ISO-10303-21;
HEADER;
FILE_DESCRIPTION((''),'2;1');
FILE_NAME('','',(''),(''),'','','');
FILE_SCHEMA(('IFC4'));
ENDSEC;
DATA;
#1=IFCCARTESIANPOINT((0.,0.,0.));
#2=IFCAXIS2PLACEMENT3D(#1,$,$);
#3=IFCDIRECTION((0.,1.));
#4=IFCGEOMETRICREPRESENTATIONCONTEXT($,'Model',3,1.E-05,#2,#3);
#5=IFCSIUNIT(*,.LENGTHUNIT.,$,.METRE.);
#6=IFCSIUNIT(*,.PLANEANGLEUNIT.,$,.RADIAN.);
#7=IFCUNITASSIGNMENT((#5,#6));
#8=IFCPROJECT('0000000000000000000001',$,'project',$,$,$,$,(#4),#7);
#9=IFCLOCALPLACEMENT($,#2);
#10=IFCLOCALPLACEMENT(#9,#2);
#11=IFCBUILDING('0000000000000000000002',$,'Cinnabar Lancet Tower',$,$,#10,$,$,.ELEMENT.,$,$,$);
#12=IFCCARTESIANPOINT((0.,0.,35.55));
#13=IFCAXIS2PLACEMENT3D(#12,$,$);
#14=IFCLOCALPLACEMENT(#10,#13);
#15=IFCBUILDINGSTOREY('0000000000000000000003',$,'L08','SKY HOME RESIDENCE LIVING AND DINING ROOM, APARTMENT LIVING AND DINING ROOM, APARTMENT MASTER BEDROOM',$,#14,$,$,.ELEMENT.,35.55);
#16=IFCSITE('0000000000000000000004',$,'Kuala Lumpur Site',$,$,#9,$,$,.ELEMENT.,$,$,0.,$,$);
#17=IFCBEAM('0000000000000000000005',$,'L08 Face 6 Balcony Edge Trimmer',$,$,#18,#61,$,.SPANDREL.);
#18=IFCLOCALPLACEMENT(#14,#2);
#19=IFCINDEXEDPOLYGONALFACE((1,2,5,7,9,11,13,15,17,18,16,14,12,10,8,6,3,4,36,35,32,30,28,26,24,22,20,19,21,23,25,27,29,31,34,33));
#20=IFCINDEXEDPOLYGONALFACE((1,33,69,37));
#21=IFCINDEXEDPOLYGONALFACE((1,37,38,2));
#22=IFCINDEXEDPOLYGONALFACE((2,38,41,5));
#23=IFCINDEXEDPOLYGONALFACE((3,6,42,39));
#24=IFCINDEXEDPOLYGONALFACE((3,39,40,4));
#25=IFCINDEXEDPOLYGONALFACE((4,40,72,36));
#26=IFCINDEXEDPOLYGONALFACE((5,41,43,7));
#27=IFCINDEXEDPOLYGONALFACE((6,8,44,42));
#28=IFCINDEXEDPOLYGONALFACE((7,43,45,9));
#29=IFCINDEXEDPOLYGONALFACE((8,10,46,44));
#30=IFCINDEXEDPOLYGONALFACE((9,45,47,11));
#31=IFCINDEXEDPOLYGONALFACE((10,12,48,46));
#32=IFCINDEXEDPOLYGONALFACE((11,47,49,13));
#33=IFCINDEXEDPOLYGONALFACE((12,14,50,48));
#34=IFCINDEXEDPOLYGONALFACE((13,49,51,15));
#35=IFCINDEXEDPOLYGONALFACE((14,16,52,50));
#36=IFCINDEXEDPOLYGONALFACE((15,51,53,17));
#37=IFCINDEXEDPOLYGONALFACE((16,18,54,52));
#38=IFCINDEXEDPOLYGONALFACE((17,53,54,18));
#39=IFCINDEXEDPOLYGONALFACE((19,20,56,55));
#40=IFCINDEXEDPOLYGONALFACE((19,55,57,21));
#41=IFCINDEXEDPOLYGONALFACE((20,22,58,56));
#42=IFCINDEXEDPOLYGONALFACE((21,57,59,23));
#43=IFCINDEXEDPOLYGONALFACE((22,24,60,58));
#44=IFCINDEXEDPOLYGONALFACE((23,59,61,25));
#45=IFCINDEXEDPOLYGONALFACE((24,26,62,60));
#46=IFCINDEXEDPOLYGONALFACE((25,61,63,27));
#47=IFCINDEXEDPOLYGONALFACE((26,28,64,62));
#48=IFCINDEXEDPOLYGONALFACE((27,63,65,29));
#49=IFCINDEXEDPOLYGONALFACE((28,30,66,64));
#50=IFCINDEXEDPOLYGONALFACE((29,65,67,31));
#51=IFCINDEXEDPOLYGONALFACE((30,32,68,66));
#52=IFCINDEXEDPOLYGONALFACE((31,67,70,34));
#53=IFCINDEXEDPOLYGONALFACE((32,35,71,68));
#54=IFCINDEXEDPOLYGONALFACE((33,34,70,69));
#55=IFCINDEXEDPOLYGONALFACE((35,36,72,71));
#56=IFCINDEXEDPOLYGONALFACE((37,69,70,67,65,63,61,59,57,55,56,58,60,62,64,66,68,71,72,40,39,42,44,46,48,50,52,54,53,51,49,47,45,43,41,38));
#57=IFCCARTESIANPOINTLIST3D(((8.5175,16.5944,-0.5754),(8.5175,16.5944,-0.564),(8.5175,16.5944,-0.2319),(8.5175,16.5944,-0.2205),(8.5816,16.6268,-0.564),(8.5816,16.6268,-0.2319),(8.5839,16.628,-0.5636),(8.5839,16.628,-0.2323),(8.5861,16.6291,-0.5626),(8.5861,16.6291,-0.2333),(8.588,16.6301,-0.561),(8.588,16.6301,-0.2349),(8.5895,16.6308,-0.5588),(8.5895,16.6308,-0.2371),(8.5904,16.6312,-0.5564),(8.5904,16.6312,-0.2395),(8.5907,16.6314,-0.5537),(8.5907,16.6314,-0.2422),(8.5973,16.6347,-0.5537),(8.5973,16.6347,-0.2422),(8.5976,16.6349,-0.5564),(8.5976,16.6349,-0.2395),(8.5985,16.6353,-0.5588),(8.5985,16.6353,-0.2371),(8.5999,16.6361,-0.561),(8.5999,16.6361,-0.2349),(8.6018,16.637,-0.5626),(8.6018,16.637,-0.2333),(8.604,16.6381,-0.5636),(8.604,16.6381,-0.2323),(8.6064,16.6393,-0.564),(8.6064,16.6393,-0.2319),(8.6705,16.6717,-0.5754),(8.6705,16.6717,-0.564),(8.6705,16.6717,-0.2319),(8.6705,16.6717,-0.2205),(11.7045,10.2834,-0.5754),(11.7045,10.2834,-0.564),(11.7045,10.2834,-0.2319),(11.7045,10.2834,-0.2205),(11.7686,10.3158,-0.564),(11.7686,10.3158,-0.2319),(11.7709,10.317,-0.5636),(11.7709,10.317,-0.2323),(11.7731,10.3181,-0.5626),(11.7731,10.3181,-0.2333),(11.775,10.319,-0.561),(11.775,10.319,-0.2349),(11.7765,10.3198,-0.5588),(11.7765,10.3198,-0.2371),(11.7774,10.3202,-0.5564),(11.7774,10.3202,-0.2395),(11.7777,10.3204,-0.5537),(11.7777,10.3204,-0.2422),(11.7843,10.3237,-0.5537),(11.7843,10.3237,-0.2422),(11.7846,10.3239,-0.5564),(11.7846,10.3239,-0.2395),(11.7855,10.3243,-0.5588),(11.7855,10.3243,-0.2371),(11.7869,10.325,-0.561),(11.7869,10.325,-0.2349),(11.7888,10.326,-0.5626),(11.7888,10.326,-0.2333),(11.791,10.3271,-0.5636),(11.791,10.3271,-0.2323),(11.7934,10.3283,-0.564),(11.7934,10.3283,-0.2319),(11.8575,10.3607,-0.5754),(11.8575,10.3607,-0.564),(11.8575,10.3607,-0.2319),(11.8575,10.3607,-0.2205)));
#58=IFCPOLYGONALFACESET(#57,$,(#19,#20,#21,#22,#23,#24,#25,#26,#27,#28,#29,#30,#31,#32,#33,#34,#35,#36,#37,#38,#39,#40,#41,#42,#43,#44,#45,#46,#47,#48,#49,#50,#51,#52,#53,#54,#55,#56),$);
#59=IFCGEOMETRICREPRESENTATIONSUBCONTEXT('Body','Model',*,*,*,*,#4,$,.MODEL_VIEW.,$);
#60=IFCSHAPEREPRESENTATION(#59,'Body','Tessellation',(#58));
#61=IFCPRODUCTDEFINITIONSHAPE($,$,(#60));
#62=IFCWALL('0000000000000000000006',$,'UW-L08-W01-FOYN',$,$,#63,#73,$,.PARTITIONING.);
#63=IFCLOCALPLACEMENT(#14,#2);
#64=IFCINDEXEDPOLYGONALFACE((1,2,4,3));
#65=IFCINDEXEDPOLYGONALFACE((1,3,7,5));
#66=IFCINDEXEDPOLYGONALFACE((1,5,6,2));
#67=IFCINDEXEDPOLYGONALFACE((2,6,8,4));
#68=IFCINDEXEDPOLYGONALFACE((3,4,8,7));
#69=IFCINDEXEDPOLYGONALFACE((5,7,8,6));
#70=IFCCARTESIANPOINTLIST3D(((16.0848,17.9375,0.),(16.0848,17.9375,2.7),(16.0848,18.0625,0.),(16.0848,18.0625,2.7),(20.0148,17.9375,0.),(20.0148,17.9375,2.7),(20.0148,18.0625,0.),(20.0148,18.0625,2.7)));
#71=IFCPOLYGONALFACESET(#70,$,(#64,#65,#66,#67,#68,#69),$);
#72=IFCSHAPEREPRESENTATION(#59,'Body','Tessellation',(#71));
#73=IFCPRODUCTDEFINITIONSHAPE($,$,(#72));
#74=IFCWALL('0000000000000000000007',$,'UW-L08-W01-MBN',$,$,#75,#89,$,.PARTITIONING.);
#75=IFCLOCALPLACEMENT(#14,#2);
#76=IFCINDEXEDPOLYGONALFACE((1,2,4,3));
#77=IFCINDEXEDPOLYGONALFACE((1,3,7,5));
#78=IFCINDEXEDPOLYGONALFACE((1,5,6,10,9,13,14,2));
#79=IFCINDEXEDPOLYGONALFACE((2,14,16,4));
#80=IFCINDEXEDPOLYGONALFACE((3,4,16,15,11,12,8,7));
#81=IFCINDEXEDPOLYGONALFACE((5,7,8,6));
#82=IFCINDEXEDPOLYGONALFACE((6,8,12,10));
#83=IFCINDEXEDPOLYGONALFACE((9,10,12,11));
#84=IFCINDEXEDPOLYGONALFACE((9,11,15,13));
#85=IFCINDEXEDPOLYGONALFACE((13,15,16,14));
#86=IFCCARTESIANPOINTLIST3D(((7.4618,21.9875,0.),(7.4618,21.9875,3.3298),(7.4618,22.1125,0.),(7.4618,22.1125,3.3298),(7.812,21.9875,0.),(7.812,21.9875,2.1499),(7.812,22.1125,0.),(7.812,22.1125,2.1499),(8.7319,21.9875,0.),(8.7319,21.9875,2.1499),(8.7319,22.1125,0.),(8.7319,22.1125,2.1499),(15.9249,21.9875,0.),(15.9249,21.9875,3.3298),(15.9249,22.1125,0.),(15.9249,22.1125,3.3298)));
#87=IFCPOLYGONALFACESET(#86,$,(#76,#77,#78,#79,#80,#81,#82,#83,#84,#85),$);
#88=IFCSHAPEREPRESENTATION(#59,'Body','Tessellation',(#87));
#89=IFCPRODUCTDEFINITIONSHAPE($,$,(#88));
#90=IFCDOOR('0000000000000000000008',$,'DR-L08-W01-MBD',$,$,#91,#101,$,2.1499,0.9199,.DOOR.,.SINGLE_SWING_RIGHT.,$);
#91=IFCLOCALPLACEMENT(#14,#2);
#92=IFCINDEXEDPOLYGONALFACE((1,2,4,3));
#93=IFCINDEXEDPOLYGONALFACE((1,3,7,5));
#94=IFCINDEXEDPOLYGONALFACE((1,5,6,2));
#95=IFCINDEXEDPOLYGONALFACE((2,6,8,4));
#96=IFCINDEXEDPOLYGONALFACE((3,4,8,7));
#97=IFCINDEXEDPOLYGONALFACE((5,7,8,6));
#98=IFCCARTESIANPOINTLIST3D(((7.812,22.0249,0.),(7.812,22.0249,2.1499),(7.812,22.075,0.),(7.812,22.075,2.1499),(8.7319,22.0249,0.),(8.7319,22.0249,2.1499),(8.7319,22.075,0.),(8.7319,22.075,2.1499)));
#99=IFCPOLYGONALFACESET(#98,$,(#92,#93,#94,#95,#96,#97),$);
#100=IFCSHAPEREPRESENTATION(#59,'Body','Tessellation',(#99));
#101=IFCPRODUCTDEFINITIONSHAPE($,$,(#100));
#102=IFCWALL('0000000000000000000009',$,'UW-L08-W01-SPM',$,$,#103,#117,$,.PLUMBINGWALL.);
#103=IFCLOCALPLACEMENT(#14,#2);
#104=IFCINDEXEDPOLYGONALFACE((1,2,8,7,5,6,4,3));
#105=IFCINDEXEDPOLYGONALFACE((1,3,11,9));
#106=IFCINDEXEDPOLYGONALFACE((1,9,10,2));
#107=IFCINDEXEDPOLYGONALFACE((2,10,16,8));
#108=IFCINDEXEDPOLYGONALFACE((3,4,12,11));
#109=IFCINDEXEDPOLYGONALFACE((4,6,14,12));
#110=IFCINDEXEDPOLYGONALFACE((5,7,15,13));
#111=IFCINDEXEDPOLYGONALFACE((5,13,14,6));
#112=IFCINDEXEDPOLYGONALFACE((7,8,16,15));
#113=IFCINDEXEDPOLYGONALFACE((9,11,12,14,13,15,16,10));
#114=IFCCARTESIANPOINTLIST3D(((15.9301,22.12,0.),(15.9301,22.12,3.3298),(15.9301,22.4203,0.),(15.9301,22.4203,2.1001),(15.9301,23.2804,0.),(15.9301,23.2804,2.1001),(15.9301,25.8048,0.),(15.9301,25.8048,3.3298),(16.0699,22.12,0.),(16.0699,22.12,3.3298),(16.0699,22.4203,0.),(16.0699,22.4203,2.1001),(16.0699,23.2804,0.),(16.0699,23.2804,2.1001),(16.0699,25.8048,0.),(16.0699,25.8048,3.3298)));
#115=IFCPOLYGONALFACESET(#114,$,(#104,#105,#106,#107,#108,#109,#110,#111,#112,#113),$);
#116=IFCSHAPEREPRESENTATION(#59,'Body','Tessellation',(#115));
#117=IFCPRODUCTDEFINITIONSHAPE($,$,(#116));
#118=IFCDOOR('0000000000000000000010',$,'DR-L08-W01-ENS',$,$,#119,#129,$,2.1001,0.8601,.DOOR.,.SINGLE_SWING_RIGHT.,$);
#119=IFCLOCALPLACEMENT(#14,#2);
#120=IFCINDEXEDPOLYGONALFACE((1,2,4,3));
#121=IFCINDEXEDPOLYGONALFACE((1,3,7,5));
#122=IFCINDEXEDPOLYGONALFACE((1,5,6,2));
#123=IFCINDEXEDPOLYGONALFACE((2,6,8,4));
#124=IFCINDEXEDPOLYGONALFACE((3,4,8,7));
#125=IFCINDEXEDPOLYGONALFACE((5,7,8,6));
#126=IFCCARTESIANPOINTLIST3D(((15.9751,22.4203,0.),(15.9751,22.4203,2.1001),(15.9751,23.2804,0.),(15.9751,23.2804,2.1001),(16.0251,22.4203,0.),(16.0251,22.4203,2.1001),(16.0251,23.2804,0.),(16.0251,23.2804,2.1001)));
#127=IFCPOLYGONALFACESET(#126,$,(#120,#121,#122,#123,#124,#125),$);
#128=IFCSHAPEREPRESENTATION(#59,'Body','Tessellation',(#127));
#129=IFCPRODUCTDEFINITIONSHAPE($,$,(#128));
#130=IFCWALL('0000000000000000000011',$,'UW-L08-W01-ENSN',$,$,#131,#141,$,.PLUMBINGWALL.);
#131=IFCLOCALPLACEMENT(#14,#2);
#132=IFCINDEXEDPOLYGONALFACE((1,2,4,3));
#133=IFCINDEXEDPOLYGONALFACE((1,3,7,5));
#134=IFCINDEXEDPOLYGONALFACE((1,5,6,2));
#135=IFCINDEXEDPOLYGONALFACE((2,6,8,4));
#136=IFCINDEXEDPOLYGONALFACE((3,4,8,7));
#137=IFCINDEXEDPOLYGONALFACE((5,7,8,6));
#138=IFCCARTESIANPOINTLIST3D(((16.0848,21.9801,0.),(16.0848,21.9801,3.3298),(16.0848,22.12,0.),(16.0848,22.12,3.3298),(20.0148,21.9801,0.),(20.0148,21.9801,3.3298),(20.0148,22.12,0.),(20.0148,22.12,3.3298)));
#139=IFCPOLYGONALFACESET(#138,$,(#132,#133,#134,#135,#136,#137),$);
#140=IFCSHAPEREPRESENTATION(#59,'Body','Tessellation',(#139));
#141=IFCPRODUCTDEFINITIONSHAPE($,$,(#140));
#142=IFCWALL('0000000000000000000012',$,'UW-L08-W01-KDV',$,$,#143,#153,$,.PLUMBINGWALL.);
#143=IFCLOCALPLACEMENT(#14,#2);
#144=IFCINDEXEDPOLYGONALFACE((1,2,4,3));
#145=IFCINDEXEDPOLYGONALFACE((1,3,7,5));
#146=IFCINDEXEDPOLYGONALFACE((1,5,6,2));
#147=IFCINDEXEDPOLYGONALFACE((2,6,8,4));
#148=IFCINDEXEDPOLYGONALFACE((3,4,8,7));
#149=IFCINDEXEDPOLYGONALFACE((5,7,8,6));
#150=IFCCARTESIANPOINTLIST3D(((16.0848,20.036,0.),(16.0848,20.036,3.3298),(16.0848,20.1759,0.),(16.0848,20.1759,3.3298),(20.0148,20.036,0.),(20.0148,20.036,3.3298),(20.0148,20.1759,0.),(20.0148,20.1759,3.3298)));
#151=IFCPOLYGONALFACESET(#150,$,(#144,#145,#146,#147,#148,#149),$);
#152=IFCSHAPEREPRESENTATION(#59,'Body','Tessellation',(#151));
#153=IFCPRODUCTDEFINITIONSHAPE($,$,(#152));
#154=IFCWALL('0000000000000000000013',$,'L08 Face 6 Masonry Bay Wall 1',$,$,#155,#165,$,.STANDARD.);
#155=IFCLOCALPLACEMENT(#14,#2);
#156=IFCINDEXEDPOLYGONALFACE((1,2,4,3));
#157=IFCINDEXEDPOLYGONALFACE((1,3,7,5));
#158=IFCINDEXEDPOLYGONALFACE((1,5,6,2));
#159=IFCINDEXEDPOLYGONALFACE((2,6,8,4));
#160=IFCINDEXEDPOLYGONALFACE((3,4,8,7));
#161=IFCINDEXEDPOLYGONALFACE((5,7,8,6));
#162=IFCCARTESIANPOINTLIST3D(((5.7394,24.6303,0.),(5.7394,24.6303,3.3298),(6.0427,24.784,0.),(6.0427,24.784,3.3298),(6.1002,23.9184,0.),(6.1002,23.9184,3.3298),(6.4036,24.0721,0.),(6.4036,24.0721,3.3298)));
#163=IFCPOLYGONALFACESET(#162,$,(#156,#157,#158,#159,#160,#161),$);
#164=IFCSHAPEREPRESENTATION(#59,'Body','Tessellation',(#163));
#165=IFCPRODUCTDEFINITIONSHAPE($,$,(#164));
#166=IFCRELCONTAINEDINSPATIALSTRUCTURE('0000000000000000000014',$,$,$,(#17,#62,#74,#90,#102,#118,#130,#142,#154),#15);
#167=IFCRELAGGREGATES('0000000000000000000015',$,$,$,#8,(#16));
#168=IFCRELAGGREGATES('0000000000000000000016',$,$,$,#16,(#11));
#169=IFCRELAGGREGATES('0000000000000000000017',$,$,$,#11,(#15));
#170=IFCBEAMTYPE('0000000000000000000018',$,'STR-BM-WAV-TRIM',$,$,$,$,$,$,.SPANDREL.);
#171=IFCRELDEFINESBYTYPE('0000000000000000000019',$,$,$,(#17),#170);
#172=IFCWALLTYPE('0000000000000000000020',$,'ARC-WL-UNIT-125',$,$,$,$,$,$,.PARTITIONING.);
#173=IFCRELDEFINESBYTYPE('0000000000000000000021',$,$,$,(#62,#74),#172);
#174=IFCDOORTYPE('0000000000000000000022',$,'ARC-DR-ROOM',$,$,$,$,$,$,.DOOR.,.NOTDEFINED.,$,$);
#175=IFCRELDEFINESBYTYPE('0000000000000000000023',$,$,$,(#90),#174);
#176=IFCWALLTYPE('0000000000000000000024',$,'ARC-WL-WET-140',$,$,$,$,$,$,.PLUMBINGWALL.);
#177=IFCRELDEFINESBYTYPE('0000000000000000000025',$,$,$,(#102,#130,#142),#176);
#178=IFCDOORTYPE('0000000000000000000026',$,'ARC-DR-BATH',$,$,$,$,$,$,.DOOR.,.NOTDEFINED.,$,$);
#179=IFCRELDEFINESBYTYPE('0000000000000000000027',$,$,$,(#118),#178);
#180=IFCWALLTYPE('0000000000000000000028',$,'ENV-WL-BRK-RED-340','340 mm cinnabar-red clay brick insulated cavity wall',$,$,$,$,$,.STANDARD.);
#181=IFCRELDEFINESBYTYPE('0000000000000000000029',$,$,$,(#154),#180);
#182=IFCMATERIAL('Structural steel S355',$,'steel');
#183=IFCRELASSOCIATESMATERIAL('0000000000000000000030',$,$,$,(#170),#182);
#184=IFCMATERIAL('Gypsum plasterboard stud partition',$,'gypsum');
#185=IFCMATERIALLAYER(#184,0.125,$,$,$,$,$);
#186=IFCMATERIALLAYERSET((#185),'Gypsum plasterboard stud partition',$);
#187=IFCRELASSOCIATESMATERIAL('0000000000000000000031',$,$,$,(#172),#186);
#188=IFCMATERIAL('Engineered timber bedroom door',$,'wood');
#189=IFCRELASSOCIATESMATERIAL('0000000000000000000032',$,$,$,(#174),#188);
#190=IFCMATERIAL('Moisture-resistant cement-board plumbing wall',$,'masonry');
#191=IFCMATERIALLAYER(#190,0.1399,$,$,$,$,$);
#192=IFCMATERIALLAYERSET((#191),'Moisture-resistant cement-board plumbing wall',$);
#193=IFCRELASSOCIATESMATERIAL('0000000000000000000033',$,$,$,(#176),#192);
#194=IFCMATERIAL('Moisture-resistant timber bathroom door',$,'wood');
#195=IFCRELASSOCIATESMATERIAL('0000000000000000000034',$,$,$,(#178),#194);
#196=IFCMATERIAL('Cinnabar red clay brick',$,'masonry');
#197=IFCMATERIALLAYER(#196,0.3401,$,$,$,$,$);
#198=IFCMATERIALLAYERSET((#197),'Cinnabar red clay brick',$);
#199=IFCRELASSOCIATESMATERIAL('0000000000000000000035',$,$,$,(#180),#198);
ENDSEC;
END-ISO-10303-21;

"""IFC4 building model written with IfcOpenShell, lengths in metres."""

from ifc_helpers import new_model, si_unit, direction, frame, frame_2d, origin, origin_2d, place, context, subcontext, project, spatial, rectangle, i_section, extrude, material, layer, layer_set, material_profile, profile_set, type_object, element, fill, save


model = new_model("IFC4")

# Units and contexts
model_context = context("Model", 3, precision=1e-05, world=origin(), true_north=direction((0.0, 1.0)))
body_context = subcontext(model_context, "Body", "Model", "MODEL_VIEW")
ifc_project = project(units=[si_unit("LENGTHUNIT", "METRE"), si_unit("PLANEANGLEUNIT", "RADIAN")], contexts=[model_context])

# Site, building, storey
site_placement = place(None, origin())
site = spatial("IfcSite", under=ifc_project, at=site_placement, Name="Kuala Lumpur Site", CompositionType="ELEMENT", RefElevation=0.0)
building_placement = place(site_placement, origin())
building = spatial("IfcBuilding", under=site, at=building_placement, Name="Cinnabar Lancet Tower", CompositionType="ELEMENT")
storey_placement = place(building_placement, frame((0.0, 0.0, 35.55)))
storey = spatial("IfcBuildingStorey", under=building, at=storey_placement, Name="L08", Description="SKY HOME RESIDENCE LIVING AND DINING ROOM, APARTMENT LIVING AND DINING ROOM, APARTMENT MASTER BEDROOM", CompositionType="ELEMENT", Elevation=35.55)

# Beam
ifc_material_1 = material(Name="Structural steel S355", Category="steel")
ifc_material_profile_1 = material_profile(ifc_material_1, i_section(OverallWidth=0.1714, OverallDepth=0.355, WebThickness=0.0073, FlangeThickness=0.0115, FilletRadius=0.0103, at=origin_2d()), Name="UKB 356x171x51")
ifc_profile_set_1 = profile_set([ifc_material_profile_1], Name="Structural steel S355")
beam_type_1 = type_object("IfcBeamType", Name="STR-BM-WAV-TRIM", PredefinedType="SPANDREL", material=ifc_profile_set_1)
beam_1_placement = place(storey_placement, frame((8.594, 16.6331, -0.3979), z_axis=(0.450774, -0.892638, 0.0), x_axis=(0.892638, 0.450774, 0.0)))
element("IfcBeam", 1, at=beam_1_placement, inside=storey, type_object=beam_type_1, Name="L08 Face 6 Balcony Edge Trimmer", PredefinedType="SPANDREL", context=body_context, shape_type="SweptSolid", body=[
    extrude(i_section(OverallWidth=0.1714, OverallDepth=0.355, WebThickness=0.0073, FlangeThickness=0.0115, FilletRadius=0.0103, at=origin_2d()), origin(), (0.0, 0.0, 1.0), 7.0701),
])

# Wall
ifc_material_2 = material(Name="Gypsum plasterboard stud partition", Category="gypsum")
ifc_layer_1 = layer(ifc_material_2, 0.125)
ifc_layer_set_1 = layer_set([ifc_layer_1], Name="Gypsum plasterboard stud partition")
wall_type_1 = type_object("IfcWallType", Name="ARC-WL-UNIT-125", PredefinedType="PARTITIONING", material=ifc_layer_set_1)
wall_1_placement = place(storey_placement, frame((16.085, 18.0, 0.0), z_axis=(0.0, 0.0, 1.0), x_axis=(1.0, 0.0, 0.0)))
element("IfcWall", 2, at=wall_1_placement, inside=storey, type_object=wall_type_1, Name="UW-L08-W01-FOYN", PredefinedType="PARTITIONING", context=body_context, shape_type="SweptSolid", body=[
    extrude(rectangle(XDim=3.9299, YDim=0.125, at=frame_2d((1.9648, 0.0))), origin(), (0.0, 0.0, 1.0), 2.7),
])

# Wall, opening, door
wall_2_placement = place(storey_placement, frame((7.4619, 22.05, 0.0), z_axis=(0.0, 0.0, 1.0), x_axis=(1.0, 0.0, 0.0)))
wall_2 = element("IfcWall", 3, at=wall_2_placement, inside=storey, type_object=wall_type_1, Name="UW-L08-W01-MBN", PredefinedType="PARTITIONING", context=body_context, shape_type="SweptSolid", body=[
    extrude(rectangle(XDim=8.4631, YDim=0.125, at=frame_2d((4.2314, 0.0))), origin(), (0.0, 0.0, 1.0), 3.3298),
])
opening_1_placement = place(wall_2_placement, frame((0.3501, 0.0, 0.0)))
opening_1 = element("IfcOpeningElement", 4, at=opening_1_placement, cuts=wall_2, PredefinedType="OPENING", context=body_context, shape_type="SweptSolid", body=[
    extrude(rectangle(XDim=0.9199, YDim=2.1499, at=frame_2d((0.46, 1.075))), frame((0.0, 0.0725, 0.0), z_axis=(0.0, -1.0, 0.0), x_axis=(1.0, 0.0, 0.0)), (0.0, 0.0, 1.0), 0.145),
])
ifc_material_3 = material(Name="Engineered timber bedroom door", Category="wood")
door_type_1 = type_object("IfcDoorType", Name="ARC-DR-ROOM", OperationType="NOTDEFINED", PredefinedType="DOOR", material=ifc_material_3)
door_1_placement = place(opening_1_placement, origin())
door_1 = element("IfcDoor", 5, at=door_1_placement, inside=storey, type_object=door_type_1, Name="DR-L08-W01-MBD", OperationType="SINGLE_SWING_RIGHT", OverallHeight=2.1499, OverallWidth=0.9199, PredefinedType="DOOR", context=body_context, shape_type="SweptSolid", body=[
    extrude(rectangle(XDim=0.9199, YDim=2.1499, at=frame_2d((0.46, 1.075))), frame((0.0, 0.0249, 0.0), z_axis=(0.0, -1.0, 0.0), x_axis=(1.0, 0.0, 0.0)), (0.0, 0.0, 1.0), 0.05),
])
fill(opening_1, door_1)

# Shared definitions
ifc_material_4 = material(Name="Moisture-resistant cement-board plumbing wall", Category="masonry")
ifc_layer_2 = layer(ifc_material_4, 0.1399)
ifc_layer_set_2 = layer_set([ifc_layer_2], Name="Moisture-resistant cement-board plumbing wall")
wall_type_2 = type_object("IfcWallType", Name="ARC-WL-WET-140", PredefinedType="PLUMBINGWALL", material=ifc_layer_set_2)
ifc_material_5 = material(Name="Moisture-resistant timber bathroom door", Category="wood")
door_type_2 = type_object("IfcDoorType", Name="ARC-DR-BATH", OperationType="NOTDEFINED", PredefinedType="DOOR", material=ifc_material_5)

# Wall, opening, door
wall_3_placement = place(storey_placement, frame((16.0, 22.1201, 0.0), z_axis=(0.0, 0.0, 1.0), x_axis=(0.0, 1.0, 0.0)))
wall_3 = element("IfcWall", 6, at=wall_3_placement, inside=storey, type_object=wall_type_2, Name="UW-L08-W01-SPM", PredefinedType="PLUMBINGWALL", context=body_context, shape_type="SweptSolid", body=[
    extrude(rectangle(XDim=3.6848, YDim=0.1399, at=frame_2d((1.8423, 0.0))), origin(), (0.0, 0.0, 1.0), 3.3298),
])
opening_2_placement = place(wall_3_placement, frame((0.3, 0.0, 0.0)))
opening_2 = element("IfcOpeningElement", 7, at=opening_2_placement, cuts=wall_3, PredefinedType="OPENING", context=body_context, shape_type="SweptSolid", body=[
    extrude(rectangle(XDim=0.8601, YDim=2.1001, at=frame_2d((0.4302, 1.05))), frame((0.0, 0.0798, 0.0), z_axis=(0.0, -1.0, 0.0), x_axis=(1.0, 0.0, 0.0)), (0.0, 0.0, 1.0), 0.1599),
])
door_2_placement = place(opening_2_placement, origin())
door_2 = element("IfcDoor", 8, at=door_2_placement, inside=storey, type_object=door_type_2, Name="DR-L08-W01-ENS", OperationType="SINGLE_SWING_RIGHT", OverallHeight=2.1001, OverallWidth=0.8601, PredefinedType="DOOR", context=body_context, shape_type="SweptSolid", body=[
    extrude(rectangle(XDim=0.8601, YDim=2.1001, at=frame_2d((0.4302, 1.05))), frame((0.0, 0.0249, 0.0), z_axis=(0.0, -1.0, 0.0), x_axis=(1.0, 0.0, 0.0)), (0.0, 0.0, 1.0), 0.05),
])
fill(opening_2, door_2)

# Walls
for number, where, z_axis, x_axis, name in (
    (9, (16.085, 22.05, 0.0), (0.0, 0.0, 1.0), (1.0, 0.0, 0.0), "UW-L08-W01-ENSN"),
    (10, (16.085, 20.106, 0.0), (0.0, 0.0, 1.0), (1.0, 0.0, 0.0), "UW-L08-W01-KDV"),
):
    element("IfcWall", number, at=place(storey_placement, frame(where, z_axis=z_axis, x_axis=x_axis)), inside=storey, type_object=wall_type_2, Name=name, PredefinedType="PLUMBINGWALL", context=body_context, shape_type="SweptSolid", body=[
        extrude(rectangle(XDim=3.9299, YDim=0.1399, at=frame_2d((1.9648, 0.0))), origin(), (0.0, 0.0, 1.0), 3.3298),
    ])
ifc_material_6 = material(Name="Cinnabar red clay brick", Category="masonry")
ifc_layer_3 = layer(ifc_material_6, 0.3401)
ifc_layer_set_3 = layer_set([ifc_layer_3], Name="Cinnabar red clay brick")
wall_type_3 = type_object("IfcWallType", Name="ENV-WL-BRK-RED-340", Description="340 mm cinnabar-red clay brick insulated cavity wall", PredefinedType="STANDARD", material=ifc_layer_set_3)
wall_4_placement = place(storey_placement, frame((5.8911, 24.707, 0.0), z_axis=(0.0, 0.0, 1.0), x_axis=(0.452101, -0.891967, 0.0)))
element("IfcWall", 11, at=wall_4_placement, inside=storey, type_object=wall_type_3, Name="L08 Face 6 Masonry Bay Wall 1", PredefinedType="STANDARD", context=body_context, shape_type="SweptSolid", body=[
    extrude(rectangle(XDim=0.7981, YDim=0.3401, at=frame_2d((0.3989, 0.0))), origin(), (0.0, 0.0, 1.0), 3.3298),
])

save(model, "model.ifc")
